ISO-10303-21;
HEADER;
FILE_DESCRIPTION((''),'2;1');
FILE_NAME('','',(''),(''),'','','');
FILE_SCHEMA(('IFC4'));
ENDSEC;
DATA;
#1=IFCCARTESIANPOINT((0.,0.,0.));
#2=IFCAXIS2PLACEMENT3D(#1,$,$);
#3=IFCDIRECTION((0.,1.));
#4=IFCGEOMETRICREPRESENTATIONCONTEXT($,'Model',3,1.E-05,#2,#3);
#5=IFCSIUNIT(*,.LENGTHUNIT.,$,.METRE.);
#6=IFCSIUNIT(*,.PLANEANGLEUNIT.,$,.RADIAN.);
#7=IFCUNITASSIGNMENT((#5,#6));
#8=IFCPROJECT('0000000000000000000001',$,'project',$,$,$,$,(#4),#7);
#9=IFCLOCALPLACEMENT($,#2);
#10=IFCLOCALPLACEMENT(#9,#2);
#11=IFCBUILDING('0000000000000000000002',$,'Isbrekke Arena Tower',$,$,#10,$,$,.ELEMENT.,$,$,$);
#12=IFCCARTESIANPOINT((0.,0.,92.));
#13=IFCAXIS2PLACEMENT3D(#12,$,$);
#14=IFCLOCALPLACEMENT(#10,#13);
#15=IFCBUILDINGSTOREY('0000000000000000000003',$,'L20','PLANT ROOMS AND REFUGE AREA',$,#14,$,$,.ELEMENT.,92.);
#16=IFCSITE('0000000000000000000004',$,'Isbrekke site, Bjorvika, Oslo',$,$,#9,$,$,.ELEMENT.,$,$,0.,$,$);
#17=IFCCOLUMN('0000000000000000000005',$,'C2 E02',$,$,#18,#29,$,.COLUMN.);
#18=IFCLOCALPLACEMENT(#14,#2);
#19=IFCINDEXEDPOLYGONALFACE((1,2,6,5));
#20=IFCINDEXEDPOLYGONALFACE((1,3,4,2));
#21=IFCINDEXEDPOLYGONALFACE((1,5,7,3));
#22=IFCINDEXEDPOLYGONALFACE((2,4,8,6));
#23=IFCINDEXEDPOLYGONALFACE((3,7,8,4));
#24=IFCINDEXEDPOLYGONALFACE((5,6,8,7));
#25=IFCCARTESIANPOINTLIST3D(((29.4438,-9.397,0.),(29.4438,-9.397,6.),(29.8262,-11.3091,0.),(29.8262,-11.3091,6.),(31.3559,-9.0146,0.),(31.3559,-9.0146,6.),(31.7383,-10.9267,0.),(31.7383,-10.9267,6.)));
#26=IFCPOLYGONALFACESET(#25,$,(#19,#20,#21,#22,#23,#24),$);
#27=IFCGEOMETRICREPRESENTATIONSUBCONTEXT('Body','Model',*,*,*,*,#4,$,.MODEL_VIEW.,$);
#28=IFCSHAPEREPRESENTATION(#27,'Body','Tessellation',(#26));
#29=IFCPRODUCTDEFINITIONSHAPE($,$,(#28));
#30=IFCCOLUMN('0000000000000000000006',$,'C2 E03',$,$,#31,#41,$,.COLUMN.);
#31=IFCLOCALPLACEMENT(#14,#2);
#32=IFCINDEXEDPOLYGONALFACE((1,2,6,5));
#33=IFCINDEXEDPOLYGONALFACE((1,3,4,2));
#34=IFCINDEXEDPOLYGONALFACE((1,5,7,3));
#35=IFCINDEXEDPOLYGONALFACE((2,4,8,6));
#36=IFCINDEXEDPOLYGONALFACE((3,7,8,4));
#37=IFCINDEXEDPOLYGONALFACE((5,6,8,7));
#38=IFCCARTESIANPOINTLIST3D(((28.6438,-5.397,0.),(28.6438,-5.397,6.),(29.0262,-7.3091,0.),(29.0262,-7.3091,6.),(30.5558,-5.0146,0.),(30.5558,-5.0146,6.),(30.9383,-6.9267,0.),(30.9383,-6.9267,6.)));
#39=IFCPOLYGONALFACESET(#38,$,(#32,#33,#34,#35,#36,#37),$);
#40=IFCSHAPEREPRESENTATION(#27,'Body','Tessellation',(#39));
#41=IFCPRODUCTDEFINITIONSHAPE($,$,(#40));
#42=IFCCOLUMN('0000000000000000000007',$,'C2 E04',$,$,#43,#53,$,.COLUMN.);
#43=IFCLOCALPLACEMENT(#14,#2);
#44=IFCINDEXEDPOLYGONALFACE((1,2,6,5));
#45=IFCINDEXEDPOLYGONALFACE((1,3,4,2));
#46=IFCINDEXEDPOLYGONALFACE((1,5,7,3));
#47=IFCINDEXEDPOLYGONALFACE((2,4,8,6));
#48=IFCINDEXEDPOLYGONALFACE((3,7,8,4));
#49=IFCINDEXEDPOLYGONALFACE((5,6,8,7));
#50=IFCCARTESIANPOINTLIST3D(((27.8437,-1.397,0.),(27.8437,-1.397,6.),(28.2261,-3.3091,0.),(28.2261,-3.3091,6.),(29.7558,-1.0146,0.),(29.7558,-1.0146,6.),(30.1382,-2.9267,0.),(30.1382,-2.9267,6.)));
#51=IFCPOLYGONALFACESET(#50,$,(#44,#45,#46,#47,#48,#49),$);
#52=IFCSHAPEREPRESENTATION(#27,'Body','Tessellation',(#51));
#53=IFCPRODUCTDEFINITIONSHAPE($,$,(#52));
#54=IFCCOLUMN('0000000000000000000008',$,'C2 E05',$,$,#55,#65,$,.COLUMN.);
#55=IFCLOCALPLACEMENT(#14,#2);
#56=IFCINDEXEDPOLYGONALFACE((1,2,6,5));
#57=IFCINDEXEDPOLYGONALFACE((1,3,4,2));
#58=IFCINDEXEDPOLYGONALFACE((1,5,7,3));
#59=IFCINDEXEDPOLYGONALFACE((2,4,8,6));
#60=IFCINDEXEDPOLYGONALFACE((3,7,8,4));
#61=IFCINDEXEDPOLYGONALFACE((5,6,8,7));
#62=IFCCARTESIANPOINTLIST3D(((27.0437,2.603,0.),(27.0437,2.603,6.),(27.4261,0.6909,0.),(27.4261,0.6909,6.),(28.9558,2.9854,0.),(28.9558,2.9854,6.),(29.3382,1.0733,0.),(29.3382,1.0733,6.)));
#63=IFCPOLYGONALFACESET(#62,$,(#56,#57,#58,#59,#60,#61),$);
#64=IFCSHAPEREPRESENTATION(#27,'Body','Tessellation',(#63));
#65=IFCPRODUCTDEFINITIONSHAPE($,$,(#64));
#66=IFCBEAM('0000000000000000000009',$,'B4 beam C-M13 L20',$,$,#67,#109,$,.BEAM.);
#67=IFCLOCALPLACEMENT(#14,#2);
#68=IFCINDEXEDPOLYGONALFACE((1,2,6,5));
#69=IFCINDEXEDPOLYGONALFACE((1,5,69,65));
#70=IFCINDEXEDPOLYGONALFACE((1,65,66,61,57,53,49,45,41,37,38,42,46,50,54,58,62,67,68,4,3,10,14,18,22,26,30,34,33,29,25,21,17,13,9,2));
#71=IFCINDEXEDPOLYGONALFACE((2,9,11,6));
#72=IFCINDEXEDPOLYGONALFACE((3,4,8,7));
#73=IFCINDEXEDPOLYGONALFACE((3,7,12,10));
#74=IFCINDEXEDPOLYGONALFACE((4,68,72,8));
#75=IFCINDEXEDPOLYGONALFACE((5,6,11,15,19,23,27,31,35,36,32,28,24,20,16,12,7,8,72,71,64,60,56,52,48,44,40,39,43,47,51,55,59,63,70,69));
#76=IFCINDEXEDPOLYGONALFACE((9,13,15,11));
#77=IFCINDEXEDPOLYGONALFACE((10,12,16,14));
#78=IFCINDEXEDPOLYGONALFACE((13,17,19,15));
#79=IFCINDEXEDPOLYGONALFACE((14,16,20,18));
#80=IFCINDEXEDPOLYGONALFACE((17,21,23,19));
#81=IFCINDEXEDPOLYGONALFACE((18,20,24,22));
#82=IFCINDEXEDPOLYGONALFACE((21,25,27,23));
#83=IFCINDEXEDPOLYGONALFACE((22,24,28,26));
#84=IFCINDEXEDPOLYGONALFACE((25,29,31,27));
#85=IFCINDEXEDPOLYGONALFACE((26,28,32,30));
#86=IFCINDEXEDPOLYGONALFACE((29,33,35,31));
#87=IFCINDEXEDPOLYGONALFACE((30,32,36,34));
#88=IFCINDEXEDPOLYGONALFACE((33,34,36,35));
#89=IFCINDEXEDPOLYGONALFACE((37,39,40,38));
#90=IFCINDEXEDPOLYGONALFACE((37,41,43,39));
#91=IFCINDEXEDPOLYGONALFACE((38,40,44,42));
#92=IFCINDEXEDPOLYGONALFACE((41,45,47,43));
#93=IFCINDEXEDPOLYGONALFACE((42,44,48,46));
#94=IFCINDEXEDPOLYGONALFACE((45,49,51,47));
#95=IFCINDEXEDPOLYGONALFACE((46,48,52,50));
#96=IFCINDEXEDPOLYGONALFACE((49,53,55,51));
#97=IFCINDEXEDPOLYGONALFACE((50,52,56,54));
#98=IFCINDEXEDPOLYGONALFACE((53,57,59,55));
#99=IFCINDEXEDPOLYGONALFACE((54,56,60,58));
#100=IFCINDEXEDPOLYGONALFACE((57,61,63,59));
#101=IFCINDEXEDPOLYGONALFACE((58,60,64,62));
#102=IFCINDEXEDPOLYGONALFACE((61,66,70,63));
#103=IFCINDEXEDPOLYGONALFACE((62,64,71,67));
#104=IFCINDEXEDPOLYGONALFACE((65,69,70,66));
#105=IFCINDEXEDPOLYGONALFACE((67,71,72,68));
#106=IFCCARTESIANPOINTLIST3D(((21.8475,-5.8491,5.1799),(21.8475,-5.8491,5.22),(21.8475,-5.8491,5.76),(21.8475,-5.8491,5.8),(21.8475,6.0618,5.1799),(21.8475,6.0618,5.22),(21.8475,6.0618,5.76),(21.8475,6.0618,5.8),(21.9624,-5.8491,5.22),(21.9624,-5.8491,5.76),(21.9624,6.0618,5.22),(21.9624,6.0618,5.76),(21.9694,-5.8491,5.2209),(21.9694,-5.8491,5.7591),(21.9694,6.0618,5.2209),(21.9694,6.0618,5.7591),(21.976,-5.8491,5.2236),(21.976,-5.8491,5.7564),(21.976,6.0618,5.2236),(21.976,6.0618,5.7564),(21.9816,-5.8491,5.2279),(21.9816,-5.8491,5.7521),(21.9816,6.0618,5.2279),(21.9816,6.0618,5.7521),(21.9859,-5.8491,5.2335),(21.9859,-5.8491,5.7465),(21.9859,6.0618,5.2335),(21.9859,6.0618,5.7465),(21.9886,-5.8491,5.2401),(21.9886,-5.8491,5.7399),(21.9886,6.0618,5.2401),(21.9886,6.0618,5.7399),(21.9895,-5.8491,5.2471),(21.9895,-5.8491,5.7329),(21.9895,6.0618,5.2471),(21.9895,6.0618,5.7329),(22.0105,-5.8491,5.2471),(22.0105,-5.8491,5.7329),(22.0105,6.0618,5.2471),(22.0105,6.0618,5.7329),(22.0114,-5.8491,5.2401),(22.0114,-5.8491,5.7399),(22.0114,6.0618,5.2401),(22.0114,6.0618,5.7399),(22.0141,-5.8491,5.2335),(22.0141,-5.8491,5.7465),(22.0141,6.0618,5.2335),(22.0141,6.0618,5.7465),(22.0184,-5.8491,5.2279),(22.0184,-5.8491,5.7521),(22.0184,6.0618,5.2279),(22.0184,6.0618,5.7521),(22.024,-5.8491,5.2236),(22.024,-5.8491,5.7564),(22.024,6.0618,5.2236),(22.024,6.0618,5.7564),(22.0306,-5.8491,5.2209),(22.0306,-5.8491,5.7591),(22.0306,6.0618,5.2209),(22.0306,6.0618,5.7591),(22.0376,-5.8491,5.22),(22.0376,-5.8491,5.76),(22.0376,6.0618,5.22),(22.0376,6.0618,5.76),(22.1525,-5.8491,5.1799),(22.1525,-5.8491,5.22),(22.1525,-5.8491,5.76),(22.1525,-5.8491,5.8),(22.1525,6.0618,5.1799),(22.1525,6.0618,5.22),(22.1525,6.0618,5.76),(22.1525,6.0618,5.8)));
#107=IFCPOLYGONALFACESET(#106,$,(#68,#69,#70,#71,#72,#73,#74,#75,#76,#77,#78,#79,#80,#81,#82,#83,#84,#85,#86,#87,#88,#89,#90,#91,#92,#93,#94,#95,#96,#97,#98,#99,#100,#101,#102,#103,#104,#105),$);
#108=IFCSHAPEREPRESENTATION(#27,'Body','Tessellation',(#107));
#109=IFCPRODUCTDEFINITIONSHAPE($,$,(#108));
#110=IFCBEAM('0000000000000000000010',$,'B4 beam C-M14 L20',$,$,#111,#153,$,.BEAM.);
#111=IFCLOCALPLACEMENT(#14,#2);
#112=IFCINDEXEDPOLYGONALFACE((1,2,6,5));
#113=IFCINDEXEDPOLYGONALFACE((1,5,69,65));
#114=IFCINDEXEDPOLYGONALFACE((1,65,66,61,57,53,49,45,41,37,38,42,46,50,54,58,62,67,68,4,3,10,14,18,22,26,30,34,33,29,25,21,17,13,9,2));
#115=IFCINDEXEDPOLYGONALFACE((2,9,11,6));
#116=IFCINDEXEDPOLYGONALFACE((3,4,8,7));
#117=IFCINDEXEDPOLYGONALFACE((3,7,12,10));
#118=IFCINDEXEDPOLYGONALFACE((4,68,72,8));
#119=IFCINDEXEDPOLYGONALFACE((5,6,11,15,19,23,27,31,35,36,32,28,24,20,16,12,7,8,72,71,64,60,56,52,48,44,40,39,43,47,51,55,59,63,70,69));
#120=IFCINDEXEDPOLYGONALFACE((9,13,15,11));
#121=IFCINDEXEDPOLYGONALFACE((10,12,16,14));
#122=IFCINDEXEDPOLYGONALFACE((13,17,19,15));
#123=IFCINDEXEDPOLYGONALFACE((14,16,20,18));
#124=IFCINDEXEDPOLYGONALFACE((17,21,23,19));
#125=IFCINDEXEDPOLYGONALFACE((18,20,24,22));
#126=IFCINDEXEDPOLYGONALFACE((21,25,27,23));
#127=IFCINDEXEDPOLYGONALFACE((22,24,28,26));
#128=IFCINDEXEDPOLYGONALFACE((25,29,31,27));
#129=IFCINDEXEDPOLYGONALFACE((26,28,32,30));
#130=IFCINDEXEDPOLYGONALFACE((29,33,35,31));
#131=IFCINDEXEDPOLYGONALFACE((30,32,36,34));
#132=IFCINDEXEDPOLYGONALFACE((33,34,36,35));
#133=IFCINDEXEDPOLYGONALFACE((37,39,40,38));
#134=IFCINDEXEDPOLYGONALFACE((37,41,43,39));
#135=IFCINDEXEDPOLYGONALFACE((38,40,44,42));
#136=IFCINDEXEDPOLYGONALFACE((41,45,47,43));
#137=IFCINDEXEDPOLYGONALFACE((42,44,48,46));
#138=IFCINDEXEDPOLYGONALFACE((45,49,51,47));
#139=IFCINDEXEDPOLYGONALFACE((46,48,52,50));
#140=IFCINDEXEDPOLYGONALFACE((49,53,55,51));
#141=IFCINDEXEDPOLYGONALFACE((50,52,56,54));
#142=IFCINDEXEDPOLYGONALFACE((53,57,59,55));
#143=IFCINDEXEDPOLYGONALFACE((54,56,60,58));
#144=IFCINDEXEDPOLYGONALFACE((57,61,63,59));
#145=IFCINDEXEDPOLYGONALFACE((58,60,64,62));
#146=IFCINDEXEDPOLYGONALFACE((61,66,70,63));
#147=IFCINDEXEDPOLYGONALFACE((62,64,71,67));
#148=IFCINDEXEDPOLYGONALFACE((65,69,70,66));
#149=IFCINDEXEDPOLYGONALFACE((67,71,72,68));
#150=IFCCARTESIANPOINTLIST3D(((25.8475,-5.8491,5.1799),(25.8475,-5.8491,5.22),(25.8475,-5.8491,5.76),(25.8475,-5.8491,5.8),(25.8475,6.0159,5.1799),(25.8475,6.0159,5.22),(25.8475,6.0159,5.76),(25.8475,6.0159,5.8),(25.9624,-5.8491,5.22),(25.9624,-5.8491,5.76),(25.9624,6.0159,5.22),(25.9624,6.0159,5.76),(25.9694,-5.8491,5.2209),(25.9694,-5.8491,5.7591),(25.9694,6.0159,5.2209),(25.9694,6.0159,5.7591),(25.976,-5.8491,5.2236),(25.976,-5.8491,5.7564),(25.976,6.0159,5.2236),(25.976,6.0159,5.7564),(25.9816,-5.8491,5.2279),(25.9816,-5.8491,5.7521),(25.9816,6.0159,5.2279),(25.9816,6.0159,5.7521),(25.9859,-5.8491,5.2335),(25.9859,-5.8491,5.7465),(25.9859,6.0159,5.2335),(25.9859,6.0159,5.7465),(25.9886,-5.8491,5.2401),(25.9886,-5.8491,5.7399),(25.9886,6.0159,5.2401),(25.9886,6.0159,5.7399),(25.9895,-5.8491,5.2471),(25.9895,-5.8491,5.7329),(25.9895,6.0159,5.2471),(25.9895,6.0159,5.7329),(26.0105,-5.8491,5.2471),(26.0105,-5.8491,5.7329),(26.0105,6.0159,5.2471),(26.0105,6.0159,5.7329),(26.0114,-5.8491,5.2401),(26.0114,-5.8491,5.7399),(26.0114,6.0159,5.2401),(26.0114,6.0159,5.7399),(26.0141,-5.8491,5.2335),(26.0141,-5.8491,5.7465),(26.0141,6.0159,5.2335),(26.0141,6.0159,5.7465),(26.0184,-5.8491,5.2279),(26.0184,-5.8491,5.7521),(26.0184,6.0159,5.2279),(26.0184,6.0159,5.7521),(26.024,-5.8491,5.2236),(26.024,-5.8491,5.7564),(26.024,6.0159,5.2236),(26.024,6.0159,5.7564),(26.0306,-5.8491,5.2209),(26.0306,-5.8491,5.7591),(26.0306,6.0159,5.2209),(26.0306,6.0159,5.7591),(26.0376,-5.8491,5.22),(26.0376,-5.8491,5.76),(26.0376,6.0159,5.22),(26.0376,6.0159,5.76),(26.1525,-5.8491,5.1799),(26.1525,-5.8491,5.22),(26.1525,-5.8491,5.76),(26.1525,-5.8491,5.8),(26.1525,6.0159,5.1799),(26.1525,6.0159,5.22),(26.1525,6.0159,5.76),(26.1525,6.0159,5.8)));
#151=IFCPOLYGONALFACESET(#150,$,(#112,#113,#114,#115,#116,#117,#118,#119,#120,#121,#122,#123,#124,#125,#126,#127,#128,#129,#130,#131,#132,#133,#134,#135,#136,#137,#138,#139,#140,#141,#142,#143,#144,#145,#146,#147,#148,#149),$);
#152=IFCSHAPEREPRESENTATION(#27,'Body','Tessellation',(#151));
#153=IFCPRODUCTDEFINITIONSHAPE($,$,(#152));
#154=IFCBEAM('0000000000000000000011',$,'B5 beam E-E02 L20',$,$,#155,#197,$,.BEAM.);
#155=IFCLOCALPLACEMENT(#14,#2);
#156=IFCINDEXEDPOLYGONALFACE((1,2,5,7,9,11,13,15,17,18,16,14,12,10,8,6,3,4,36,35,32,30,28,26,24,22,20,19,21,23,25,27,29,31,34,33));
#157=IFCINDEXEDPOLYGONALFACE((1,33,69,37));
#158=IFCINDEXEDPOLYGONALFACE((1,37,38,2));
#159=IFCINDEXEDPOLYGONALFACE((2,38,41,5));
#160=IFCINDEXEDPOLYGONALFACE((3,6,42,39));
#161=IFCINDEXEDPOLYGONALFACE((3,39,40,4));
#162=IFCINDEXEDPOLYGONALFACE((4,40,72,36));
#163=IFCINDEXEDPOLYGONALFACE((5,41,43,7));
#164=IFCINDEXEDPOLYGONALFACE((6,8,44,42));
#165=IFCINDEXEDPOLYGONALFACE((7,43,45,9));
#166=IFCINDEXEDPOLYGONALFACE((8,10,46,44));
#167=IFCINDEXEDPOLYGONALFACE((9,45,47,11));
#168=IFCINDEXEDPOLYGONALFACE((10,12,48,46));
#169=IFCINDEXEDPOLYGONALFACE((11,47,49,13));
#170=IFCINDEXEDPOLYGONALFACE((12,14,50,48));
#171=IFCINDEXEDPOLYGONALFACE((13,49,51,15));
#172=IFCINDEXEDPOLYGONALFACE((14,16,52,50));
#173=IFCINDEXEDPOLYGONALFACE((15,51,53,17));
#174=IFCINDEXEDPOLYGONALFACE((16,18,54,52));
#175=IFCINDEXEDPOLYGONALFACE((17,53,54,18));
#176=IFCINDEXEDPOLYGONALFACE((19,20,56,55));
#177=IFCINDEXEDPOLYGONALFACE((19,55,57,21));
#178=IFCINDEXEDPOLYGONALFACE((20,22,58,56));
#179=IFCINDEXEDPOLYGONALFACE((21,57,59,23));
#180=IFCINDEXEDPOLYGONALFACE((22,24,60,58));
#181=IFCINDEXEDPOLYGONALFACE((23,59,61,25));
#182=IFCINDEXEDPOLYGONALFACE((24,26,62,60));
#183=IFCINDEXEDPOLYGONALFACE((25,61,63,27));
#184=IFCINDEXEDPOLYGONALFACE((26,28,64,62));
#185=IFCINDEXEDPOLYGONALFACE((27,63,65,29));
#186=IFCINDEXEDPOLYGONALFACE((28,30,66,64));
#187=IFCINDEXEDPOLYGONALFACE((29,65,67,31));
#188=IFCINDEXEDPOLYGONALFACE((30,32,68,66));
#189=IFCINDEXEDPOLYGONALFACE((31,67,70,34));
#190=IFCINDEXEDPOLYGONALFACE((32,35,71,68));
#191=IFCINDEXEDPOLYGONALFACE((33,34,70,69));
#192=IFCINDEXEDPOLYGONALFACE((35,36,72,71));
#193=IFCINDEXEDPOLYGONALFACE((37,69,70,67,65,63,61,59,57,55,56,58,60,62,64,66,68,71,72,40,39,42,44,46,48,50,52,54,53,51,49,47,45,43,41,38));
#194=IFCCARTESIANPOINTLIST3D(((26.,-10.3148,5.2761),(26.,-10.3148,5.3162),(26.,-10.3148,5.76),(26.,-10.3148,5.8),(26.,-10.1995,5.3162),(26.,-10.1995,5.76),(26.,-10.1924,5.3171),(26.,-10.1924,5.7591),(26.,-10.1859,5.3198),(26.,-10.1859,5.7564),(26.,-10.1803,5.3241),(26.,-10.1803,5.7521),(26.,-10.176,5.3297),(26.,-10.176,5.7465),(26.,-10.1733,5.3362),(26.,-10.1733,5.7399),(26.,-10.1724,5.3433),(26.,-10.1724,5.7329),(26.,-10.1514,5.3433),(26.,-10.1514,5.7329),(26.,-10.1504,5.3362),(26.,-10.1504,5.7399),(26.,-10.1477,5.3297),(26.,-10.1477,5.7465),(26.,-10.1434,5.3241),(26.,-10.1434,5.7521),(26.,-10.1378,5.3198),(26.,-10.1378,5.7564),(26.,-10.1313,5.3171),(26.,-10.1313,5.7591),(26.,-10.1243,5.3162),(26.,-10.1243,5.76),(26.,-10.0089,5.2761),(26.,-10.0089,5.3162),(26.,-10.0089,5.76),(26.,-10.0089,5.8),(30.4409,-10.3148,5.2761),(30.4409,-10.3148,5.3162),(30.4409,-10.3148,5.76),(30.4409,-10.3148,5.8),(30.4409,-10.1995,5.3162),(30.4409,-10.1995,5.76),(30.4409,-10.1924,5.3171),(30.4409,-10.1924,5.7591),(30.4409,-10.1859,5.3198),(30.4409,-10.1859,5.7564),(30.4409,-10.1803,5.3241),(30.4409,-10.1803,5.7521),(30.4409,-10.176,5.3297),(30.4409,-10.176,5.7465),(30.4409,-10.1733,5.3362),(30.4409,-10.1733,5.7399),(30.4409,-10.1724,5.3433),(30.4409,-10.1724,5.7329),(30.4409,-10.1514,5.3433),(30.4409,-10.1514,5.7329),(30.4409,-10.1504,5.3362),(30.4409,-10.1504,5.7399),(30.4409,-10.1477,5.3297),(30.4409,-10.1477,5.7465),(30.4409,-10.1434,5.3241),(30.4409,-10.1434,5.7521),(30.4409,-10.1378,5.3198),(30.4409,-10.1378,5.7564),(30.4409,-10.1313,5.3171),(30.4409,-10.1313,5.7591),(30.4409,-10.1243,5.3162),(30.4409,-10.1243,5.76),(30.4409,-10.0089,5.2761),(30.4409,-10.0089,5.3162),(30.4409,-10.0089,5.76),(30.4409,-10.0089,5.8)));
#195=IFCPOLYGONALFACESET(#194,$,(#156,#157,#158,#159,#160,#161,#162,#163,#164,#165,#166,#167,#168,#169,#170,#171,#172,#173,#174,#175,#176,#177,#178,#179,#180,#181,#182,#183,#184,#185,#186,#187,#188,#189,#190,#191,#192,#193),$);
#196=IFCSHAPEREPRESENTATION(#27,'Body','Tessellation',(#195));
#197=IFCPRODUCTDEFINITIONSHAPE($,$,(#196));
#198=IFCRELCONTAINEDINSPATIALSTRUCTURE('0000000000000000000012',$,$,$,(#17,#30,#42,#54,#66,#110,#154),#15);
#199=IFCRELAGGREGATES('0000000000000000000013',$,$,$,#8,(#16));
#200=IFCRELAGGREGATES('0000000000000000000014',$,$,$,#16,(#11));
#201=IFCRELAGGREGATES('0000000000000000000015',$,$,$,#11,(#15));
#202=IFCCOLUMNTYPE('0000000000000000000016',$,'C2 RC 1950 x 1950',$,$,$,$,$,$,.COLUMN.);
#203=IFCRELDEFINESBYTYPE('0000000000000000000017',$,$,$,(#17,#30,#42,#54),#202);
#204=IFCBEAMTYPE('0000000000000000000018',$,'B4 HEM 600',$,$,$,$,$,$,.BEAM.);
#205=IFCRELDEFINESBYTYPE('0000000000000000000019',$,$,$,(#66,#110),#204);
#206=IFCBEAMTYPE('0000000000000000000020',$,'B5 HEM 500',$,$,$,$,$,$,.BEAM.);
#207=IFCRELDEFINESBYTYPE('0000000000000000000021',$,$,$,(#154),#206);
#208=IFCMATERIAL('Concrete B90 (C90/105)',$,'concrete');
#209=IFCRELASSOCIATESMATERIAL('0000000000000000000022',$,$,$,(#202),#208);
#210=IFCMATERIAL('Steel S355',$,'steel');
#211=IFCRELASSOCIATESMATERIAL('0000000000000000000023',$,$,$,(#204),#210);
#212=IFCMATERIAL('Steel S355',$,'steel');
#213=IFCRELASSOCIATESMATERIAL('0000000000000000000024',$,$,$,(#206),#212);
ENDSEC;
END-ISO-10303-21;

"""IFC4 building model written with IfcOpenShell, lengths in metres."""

from ifc_helpers import new_model, si_unit, direction, frame, origin, origin_2d, place, context, subcontext, project, spatial, rectangle, i_section, extrude, material, material_profile, profile_set, type_object, element, save


model = new_model("IFC4")

# Units and contexts
model_context = context("Model", 3, precision=1e-05, world=origin(), true_north=direction((0.0, 1.0)))
body_context = subcontext(model_context, "Body", "Model", "MODEL_VIEW")
ifc_project = project(units=[si_unit("LENGTHUNIT", "METRE"), si_unit("PLANEANGLEUNIT", "RADIAN")], contexts=[model_context])

# Site, building, storey
site_placement = place(None, origin())
site = spatial("IfcSite", under=ifc_project, at=site_placement, Name="Isbrekke site, Bjorvika, Oslo", CompositionType="ELEMENT", RefElevation=0.0)
building_placement = place(site_placement, origin())
building = spatial("IfcBuilding", under=site, at=building_placement, Name="Isbrekke Arena Tower", CompositionType="ELEMENT")
storey_placement = place(building_placement, frame((0.0, 0.0, 92.0)))
storey = spatial("IfcBuildingStorey", under=building, at=storey_placement, Name="L20", Description="PLANT ROOMS AND REFUGE AREA", CompositionType="ELEMENT", Elevation=92.0)

# Columns
ifc_material_1 = material(Name="Concrete B90 (C90/105)", Category="concrete")
ifc_material_profile_1 = material_profile(ifc_material_1, rectangle(XDim=1.95, YDim=1.95, at=origin_2d()), Name="RC 1950x1950")
ifc_profile_set_1 = profile_set([ifc_material_profile_1], Name="Concrete B90 (C90/105)")
column_type = type_object("IfcColumnType", Name="C2 RC 1950 x 1950", PredefinedType="COLUMN", material=ifc_profile_set_1)
for number, where, z_axis, x_axis, name in (
    (1, (30.5911, -10.1619, 0.0), (0.0, 0.0, 1.0), (-0.196116, 0.980581, 0.0), "C2 E02"),
    (2, (29.791, -6.1619, 0.0), (0.0, 0.0, 1.0), (-0.196116, 0.980581, 0.0), "C2 E03"),
    (3, (28.991, -2.1619, 0.0), (0.0, 0.0, 1.0), (-0.196116, 0.980581, 0.0), "C2 E04"),
    (4, (28.1909, 1.8381, 0.0), (0.0, 0.0, 1.0), (-0.196116, 0.980581, 0.0), "C2 E05"),
):
    element("IfcColumn", number, at=place(storey_placement, frame(where, z_axis=z_axis, x_axis=x_axis)), inside=storey, type_object=column_type, Name=name, PredefinedType="COLUMN", context=body_context, shape_type="SweptSolid", body=[
        extrude(rectangle(XDim=1.95, YDim=1.95, at=origin_2d()), origin(), (0.0, 0.0, 1.0), 6.0),
    ])

# Beams
ifc_material_2 = material(Name="Steel S355", Category="steel")
ifc_material_profile_2 = material_profile(ifc_material_2, i_section(OverallWidth=0.3049, OverallDepth=0.6201, WebThickness=0.021, FlangeThickness=0.04, FilletRadius=0.0271, at=origin_2d()), Name="HEM 600")
ifc_profile_set_2 = profile_set([ifc_material_profile_2], Name="Steel S355")
beam_type_1 = type_object("IfcBeamType", Name="B4 HEM 600", PredefinedType="BEAM", material=ifc_profile_set_2)
beam_1_placement = place(storey_placement, frame((22.0, -5.8491, 5.49), z_axis=(0.0, 1.0, 0.0), x_axis=(-1.0, 0.0, 0.0)))
element("IfcBeam", 5, at=beam_1_placement, inside=storey, type_object=beam_type_1, Name="B4 beam C-M13 L20", PredefinedType="BEAM", context=body_context, shape_type="SweptSolid", body=[
    extrude(i_section(OverallWidth=0.3049, OverallDepth=0.6201, WebThickness=0.021, FlangeThickness=0.04, FilletRadius=0.0271, at=origin_2d()), origin(), (0.0, 0.0, 1.0), 11.9109),
])
beam_2_placement = place(storey_placement, frame((26.0, -5.8491, 5.49), z_axis=(0.0, 1.0, 0.0), x_axis=(-1.0, 0.0, 0.0)))
element("IfcBeam", 6, at=beam_2_placement, inside=storey, type_object=beam_type_1, Name="B4 beam C-M14 L20", PredefinedType="BEAM", context=body_context, shape_type="SweptSolid", body=[
    extrude(i_section(OverallWidth=0.3049, OverallDepth=0.6201, WebThickness=0.021, FlangeThickness=0.04, FilletRadius=0.0271, at=origin_2d()), origin(), (0.0, 0.0, 1.0), 11.865),
])
ifc_material_3 = material(Name="Steel S355", Category="steel")
ifc_material_profile_3 = material_profile(ifc_material_3, i_section(OverallWidth=0.3059, OverallDepth=0.5239, WebThickness=0.021, FlangeThickness=0.04, FilletRadius=0.0271, at=origin_2d()), Name="HEM 500")
ifc_profile_set_3 = profile_set([ifc_material_profile_3], Name="Steel S355")
beam_type_2 = type_object("IfcBeamType", Name="B5 HEM 500", PredefinedType="BEAM", material=ifc_profile_set_3)
beam_3_placement = place(storey_placement, frame((30.4409, -10.1619, 5.5381), z_axis=(-1.0, 0.0, 0.0), x_axis=(0.0, -1.0, 0.0)))
element("IfcBeam", 7, at=beam_3_placement, inside=storey, type_object=beam_type_2, Name="B5 beam E-E02 L20", PredefinedType="BEAM", context=body_context, shape_type="SweptSolid", body=[
    extrude(i_section(OverallWidth=0.3059, OverallDepth=0.5239, WebThickness=0.021, FlangeThickness=0.04, FilletRadius=0.0271, at=origin_2d()), origin(), (0.0, 0.0, 1.0), 4.4409),
])

save(model, "model.ifc")
